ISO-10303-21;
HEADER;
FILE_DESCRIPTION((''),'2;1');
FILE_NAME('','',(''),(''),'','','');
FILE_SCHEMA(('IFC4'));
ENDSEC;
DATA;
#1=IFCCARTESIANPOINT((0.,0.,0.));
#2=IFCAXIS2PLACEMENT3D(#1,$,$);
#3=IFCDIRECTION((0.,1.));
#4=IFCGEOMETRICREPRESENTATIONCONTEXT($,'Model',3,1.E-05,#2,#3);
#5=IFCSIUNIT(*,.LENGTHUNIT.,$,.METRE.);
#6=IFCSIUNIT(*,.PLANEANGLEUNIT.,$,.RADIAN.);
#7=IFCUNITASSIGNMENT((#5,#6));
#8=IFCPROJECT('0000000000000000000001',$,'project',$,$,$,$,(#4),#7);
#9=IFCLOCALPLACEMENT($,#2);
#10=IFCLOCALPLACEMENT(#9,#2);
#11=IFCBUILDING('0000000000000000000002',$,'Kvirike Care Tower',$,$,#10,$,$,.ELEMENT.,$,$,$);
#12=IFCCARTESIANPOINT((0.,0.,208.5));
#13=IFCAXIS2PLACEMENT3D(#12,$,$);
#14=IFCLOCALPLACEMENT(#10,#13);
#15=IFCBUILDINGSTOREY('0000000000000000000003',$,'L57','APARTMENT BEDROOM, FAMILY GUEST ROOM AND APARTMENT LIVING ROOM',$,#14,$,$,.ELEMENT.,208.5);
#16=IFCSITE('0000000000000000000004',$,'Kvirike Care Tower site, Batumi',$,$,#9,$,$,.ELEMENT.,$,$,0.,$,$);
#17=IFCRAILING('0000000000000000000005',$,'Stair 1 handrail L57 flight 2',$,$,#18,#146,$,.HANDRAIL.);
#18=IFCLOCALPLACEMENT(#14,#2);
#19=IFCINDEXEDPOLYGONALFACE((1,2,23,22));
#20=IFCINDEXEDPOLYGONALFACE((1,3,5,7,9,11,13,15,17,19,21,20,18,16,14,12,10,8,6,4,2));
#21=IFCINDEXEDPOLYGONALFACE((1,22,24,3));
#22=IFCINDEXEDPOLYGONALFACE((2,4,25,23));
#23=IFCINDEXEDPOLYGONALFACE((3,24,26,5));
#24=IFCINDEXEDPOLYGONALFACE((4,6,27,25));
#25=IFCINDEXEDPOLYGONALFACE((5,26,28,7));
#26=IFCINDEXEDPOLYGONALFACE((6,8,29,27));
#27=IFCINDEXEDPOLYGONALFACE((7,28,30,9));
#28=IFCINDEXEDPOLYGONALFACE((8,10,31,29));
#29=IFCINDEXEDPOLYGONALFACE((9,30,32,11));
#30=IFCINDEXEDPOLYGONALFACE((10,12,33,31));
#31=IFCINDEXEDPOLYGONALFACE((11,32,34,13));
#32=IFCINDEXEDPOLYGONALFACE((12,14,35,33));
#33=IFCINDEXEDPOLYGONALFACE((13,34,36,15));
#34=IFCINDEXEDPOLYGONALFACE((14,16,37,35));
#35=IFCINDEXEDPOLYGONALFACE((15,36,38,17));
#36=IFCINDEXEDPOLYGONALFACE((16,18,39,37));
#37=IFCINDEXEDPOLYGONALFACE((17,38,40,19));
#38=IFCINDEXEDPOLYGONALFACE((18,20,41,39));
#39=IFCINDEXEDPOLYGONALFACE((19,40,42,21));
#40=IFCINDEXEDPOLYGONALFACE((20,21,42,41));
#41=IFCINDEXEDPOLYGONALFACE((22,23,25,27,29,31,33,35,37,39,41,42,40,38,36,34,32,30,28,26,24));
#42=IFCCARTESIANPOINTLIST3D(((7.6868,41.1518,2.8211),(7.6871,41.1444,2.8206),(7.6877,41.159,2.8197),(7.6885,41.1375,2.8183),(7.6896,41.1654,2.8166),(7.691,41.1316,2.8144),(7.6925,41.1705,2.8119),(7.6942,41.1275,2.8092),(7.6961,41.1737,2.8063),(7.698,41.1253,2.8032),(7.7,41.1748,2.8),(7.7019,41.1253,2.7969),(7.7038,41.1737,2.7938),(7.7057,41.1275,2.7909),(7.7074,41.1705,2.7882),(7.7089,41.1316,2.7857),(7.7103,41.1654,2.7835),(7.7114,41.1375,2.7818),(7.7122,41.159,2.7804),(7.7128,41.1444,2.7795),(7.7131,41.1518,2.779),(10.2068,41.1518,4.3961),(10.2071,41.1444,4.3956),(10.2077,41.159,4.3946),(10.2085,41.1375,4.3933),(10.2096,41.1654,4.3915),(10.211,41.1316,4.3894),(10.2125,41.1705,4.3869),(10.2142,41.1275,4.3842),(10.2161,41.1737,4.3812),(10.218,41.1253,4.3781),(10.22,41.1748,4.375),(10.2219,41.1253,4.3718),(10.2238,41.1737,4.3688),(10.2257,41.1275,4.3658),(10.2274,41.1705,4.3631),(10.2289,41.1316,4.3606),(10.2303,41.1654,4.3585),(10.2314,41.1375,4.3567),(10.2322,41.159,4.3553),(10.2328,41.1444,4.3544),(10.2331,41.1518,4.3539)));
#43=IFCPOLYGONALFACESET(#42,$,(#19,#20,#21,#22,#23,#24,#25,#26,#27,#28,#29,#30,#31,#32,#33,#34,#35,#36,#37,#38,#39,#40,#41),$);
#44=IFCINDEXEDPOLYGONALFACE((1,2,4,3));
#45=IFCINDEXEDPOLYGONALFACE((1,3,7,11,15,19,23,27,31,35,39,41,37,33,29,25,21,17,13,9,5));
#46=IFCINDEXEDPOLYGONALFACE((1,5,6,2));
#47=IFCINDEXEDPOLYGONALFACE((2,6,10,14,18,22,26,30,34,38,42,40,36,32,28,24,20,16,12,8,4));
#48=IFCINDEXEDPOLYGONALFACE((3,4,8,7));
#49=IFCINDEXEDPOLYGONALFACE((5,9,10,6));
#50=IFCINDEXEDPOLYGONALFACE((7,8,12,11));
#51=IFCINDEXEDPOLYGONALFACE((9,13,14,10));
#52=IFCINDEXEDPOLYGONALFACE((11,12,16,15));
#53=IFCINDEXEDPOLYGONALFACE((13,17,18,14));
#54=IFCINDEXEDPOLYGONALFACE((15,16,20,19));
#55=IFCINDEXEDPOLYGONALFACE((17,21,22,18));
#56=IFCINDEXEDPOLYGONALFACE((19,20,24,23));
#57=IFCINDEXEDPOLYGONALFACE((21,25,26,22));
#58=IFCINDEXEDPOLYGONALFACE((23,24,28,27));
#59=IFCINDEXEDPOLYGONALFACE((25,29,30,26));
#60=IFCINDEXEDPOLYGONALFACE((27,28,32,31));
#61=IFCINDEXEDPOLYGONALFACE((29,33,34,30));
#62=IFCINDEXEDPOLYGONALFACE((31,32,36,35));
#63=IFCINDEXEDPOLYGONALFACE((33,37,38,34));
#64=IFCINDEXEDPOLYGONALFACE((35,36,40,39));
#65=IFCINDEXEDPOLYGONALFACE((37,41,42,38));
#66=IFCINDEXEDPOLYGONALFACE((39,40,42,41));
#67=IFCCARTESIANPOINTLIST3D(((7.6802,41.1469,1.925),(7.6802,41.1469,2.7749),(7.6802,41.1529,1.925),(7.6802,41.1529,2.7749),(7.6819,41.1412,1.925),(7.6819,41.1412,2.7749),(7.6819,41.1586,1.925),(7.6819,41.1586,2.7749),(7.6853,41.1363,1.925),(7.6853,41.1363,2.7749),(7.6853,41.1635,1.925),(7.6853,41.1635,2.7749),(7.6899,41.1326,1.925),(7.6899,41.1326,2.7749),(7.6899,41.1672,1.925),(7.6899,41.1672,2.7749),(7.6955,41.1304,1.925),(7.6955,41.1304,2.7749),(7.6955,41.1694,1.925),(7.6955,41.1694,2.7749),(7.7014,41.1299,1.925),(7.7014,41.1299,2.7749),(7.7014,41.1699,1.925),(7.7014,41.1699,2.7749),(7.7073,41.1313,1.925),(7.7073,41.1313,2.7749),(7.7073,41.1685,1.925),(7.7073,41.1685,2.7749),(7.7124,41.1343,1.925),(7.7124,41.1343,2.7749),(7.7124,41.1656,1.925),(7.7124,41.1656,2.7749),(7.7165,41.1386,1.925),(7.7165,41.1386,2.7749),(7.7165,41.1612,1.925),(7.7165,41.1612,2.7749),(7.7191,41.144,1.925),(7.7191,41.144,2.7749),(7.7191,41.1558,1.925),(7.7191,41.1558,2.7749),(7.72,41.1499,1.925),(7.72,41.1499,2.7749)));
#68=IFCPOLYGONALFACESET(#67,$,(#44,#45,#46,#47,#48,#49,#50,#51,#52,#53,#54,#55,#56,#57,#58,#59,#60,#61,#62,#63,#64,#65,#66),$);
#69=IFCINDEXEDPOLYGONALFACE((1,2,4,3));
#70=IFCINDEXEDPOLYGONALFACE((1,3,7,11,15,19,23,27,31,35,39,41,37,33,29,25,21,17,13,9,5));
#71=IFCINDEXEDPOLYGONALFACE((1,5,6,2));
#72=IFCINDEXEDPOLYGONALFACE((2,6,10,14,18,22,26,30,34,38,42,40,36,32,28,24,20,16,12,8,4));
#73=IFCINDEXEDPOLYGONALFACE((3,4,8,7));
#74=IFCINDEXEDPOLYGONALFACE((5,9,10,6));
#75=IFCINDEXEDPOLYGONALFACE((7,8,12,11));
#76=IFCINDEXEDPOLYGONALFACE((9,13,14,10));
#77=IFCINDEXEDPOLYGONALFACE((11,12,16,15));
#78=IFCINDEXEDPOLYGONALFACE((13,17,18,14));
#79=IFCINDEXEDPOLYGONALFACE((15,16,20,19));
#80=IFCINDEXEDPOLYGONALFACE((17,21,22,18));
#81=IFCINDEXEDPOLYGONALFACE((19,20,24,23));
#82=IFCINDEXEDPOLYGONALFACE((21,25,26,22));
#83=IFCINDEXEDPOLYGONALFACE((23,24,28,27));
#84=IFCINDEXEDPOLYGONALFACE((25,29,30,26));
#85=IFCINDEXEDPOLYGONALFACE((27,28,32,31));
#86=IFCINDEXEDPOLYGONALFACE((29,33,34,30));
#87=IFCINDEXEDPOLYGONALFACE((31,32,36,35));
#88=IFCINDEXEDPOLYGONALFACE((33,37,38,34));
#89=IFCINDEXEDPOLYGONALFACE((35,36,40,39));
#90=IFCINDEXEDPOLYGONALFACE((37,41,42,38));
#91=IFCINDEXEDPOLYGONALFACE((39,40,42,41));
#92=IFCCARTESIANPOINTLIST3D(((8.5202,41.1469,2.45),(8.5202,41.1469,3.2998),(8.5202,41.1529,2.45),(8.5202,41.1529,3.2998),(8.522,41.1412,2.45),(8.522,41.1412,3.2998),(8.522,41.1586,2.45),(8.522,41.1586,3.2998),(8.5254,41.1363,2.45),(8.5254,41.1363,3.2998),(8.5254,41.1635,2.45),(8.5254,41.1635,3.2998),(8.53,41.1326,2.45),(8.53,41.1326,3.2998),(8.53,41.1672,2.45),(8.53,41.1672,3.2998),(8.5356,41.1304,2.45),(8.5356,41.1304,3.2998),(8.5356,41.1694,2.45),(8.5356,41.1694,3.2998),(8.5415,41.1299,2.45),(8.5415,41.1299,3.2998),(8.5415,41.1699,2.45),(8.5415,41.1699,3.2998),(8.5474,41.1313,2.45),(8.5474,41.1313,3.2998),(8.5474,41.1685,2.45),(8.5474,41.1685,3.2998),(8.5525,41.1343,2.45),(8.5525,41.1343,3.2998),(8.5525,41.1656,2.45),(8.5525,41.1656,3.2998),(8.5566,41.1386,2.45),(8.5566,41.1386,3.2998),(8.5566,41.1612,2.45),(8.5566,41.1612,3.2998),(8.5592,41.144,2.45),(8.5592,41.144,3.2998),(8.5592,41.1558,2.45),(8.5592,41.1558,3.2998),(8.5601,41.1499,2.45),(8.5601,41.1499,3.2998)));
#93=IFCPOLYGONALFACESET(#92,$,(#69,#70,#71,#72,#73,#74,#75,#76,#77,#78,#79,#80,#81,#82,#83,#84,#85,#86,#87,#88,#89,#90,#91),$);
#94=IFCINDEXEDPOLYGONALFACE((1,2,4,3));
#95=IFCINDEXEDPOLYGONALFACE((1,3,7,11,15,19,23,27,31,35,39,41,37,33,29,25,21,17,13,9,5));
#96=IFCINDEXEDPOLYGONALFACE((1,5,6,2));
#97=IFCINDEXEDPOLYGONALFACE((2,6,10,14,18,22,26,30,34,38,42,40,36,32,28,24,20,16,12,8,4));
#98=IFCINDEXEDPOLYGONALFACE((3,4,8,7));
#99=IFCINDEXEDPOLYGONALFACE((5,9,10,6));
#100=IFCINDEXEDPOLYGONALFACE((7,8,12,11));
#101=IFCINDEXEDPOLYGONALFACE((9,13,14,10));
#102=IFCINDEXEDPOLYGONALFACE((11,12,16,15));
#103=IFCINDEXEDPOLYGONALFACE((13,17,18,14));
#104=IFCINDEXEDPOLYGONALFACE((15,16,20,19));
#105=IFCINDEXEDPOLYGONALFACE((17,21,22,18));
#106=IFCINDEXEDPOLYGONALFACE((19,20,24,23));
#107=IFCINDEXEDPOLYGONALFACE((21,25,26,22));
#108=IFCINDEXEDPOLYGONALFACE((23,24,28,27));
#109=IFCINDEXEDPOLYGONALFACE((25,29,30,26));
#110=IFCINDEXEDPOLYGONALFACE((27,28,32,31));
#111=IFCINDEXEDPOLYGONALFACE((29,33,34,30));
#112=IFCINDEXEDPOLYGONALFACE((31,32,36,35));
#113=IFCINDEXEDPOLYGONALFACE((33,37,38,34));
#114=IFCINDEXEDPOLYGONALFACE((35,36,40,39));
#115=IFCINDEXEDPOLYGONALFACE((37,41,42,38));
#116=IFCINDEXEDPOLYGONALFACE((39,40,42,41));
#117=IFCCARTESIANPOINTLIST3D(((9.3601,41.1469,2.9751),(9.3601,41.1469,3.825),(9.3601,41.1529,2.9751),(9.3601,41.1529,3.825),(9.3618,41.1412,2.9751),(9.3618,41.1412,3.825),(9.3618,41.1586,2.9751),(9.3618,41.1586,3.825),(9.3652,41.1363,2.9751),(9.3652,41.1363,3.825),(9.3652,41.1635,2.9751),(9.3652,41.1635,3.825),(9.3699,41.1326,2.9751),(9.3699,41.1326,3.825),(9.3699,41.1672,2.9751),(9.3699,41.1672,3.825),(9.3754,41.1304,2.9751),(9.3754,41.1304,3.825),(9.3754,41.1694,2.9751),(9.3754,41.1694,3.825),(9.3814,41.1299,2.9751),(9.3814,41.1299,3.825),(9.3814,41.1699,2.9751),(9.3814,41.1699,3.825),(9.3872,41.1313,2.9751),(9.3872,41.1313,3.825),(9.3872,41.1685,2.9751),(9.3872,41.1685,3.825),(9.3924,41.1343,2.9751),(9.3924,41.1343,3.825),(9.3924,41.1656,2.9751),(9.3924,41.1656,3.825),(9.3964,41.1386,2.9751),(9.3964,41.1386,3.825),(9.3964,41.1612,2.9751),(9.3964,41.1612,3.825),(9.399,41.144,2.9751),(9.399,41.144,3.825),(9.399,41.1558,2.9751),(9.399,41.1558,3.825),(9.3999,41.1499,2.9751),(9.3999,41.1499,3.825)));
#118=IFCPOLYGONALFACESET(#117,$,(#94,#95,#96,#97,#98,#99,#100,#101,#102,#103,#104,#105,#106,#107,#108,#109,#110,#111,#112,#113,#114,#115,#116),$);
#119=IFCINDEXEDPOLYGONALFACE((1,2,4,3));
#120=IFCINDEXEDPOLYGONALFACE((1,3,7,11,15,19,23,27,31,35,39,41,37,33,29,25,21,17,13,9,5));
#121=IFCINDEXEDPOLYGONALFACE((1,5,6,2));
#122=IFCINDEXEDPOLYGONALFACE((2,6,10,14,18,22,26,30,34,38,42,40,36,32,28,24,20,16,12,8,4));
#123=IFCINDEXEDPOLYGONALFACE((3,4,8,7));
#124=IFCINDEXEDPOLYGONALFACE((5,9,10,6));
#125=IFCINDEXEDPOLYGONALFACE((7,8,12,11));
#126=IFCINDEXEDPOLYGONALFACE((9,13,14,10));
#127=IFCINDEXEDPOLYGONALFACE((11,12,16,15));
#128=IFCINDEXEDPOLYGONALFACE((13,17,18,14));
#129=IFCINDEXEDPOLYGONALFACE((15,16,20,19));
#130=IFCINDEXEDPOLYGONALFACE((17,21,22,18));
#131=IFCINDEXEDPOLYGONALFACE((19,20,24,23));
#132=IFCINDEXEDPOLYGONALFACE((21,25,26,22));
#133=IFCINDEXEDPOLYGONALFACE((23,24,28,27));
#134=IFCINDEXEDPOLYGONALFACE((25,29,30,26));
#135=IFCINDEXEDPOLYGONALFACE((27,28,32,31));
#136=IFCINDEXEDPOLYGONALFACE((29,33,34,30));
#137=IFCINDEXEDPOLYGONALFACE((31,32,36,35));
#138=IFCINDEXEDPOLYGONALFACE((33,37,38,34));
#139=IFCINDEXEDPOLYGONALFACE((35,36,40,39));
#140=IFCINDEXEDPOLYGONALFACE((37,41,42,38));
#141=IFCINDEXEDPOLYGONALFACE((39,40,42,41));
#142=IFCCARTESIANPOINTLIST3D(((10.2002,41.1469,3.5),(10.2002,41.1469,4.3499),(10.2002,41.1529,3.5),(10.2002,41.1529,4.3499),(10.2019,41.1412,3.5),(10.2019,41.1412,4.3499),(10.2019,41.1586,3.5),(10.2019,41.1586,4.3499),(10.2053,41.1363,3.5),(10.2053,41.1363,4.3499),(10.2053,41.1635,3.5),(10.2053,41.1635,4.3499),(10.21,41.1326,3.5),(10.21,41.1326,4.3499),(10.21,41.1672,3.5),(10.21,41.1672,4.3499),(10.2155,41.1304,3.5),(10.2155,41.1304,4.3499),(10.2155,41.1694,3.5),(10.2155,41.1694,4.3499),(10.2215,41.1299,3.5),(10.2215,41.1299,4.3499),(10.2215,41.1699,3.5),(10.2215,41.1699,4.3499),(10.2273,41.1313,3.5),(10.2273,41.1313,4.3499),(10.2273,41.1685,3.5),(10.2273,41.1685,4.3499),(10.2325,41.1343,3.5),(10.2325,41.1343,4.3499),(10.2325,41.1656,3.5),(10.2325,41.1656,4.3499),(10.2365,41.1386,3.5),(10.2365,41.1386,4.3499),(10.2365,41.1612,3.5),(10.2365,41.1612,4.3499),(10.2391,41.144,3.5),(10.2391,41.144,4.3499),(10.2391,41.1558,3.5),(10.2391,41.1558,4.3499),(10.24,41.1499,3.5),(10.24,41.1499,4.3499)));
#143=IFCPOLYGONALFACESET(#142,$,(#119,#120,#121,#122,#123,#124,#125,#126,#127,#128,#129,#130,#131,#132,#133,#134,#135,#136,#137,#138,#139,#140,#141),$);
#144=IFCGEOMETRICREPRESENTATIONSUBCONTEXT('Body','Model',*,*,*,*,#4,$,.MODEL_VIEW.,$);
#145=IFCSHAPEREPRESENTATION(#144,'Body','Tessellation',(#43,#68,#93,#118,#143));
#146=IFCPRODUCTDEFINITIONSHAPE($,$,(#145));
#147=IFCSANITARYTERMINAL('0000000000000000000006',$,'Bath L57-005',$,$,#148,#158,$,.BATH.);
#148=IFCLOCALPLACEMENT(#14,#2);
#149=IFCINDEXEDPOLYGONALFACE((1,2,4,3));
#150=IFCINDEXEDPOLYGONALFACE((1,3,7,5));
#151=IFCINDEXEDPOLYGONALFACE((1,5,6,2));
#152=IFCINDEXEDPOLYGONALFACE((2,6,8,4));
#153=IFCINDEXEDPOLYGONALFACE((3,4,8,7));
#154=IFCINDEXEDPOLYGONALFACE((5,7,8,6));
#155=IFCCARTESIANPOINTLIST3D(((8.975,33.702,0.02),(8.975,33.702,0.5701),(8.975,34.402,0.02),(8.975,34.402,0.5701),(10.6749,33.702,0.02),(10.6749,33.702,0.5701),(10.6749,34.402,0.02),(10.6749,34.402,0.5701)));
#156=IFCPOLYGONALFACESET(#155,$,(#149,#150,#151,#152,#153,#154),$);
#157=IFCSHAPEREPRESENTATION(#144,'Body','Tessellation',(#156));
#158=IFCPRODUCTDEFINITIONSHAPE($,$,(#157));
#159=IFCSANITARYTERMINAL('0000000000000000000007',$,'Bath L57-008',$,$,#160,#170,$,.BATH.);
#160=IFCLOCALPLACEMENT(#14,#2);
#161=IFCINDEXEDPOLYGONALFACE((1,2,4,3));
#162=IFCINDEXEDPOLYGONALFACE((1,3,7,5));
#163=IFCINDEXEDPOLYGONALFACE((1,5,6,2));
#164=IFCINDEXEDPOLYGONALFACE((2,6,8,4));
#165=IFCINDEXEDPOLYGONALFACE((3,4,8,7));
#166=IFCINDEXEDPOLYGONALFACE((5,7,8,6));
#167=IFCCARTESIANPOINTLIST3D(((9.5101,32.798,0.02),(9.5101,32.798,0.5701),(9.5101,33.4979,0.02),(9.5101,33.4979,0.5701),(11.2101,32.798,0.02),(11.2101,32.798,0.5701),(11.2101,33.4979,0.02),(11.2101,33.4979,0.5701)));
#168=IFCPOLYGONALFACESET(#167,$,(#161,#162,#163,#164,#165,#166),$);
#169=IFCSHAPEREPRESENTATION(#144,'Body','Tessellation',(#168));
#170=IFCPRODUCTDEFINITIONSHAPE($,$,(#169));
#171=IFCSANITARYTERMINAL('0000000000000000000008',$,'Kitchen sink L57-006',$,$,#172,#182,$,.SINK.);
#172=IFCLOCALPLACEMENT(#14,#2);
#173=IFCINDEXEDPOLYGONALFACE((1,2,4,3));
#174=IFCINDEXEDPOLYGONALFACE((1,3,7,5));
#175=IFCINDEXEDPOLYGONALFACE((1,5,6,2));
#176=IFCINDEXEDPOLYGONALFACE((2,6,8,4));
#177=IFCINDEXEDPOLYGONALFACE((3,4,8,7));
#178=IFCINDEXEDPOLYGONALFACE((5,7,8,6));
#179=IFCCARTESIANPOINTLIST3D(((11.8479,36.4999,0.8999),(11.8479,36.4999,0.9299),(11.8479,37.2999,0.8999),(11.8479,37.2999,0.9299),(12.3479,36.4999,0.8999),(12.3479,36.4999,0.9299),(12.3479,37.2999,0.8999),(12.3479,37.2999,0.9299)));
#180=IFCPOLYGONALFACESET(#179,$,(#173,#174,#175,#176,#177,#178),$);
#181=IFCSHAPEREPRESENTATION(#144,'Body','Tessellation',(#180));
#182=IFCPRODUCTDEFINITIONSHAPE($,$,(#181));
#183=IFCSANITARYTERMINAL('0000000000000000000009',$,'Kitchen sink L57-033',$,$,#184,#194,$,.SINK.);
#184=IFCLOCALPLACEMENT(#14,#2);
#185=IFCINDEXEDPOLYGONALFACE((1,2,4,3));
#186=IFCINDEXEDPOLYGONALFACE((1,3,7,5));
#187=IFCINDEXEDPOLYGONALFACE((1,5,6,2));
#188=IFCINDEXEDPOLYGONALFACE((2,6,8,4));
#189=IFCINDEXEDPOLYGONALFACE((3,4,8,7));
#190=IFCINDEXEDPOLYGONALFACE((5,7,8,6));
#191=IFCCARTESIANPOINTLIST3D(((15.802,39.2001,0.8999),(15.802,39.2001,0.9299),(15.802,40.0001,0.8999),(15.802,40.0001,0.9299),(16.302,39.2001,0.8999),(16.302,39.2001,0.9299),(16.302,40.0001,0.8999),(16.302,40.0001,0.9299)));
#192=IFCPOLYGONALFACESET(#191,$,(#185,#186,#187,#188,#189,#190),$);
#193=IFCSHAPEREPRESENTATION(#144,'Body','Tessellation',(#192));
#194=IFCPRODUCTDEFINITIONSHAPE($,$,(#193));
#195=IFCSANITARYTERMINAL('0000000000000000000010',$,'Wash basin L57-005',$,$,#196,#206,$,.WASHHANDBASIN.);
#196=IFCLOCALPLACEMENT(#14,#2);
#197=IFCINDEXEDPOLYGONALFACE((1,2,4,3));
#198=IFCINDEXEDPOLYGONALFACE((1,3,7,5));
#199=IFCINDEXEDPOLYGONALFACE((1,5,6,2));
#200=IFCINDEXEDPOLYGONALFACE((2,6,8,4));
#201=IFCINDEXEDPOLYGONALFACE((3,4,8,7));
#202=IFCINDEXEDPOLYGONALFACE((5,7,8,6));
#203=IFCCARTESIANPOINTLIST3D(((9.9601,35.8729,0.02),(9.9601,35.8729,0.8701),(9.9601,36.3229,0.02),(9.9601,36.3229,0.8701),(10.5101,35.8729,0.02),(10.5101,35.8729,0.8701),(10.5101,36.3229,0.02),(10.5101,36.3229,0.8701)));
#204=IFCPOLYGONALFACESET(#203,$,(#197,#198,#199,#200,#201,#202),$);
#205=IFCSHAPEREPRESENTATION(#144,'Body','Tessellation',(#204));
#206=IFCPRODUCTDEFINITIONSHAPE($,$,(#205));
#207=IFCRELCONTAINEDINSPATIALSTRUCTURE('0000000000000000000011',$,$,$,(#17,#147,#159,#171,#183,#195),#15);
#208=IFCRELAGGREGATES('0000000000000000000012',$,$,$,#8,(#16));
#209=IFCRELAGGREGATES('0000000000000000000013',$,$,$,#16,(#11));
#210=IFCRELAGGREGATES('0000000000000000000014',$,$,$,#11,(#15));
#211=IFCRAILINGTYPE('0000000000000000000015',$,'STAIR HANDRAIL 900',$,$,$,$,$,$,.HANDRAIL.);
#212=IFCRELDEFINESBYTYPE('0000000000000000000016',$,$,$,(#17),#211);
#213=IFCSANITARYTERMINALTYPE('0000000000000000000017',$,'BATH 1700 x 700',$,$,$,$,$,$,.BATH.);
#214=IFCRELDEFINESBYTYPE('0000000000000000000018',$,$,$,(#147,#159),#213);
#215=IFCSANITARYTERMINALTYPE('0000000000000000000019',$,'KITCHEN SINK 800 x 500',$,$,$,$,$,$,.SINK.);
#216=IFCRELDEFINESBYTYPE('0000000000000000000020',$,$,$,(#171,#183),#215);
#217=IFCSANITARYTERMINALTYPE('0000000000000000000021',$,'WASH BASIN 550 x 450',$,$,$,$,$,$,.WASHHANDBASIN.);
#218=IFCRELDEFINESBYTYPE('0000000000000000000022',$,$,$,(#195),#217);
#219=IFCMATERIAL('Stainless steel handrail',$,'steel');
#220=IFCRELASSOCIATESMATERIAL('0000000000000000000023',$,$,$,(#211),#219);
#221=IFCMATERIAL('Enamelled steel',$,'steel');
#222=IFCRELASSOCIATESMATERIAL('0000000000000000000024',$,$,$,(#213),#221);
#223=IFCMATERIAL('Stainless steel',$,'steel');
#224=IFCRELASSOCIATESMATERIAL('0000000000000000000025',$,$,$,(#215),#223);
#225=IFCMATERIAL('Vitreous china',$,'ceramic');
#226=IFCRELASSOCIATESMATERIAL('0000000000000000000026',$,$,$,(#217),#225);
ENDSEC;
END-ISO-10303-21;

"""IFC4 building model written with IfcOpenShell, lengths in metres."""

from ifc_helpers import new_model, si_unit, direction, frame, origin, origin_2d, place, context, subcontext, project, spatial, rectangle, circle, extrude, material, type_object, element, save


model = new_model("IFC4")

# Units and contexts
model_context = context("Model", 3, precision=1e-05, world=origin(), true_north=direction((0.0, 1.0)))
body_context = subcontext(model_context, "Body", "Model", "MODEL_VIEW")
ifc_project = project(units=[si_unit("LENGTHUNIT", "METRE"), si_unit("PLANEANGLEUNIT", "RADIAN")], contexts=[model_context])

# Site, building, storey
site_placement = place(None, origin())
site = spatial("IfcSite", under=ifc_project, at=site_placement, Name="Kvirike Care Tower site, Batumi", CompositionType="ELEMENT", RefElevation=0.0)
building_placement = place(site_placement, origin())
building = spatial("IfcBuilding", under=site, at=building_placement, Name="Kvirike Care Tower", CompositionType="ELEMENT")
storey_placement = place(building_placement, frame((0.0, 0.0, 208.5)))
storey = spatial("IfcBuildingStorey", under=building, at=storey_placement, Name="L57", Description="APARTMENT BEDROOM, FAMILY GUEST ROOM AND APARTMENT LIVING ROOM", CompositionType="ELEMENT", Elevation=208.5)

# Railing
ifc_material_1 = material(Name="Stainless steel handrail", Category="steel")
railing_type = type_object("IfcRailingType", Name="STAIR HANDRAIL 900", PredefinedType="HANDRAIL", material=ifc_material_1)
railing_1_placement = place(storey_placement, frame((7.7, 41.1499, 1.925)))
element("IfcRailing", 1, at=railing_1_placement, inside=storey, type_object=railing_type, Name="Stair 1 handrail L57 flight 2", PredefinedType="HANDRAIL", context=body_context, shape_type="SweptSolid", body=[
    extrude(circle(Radius=0.0249, at=origin_2d()), frame((0.0, 0.0, 0.875), z_axis=(0.848008, 0.0, 0.529984), x_axis=(0.0, 1.0, 0.0)), (0.0, 0.0, 1.0), 2.9717),
    extrude(circle(Radius=0.02, at=origin_2d()), origin(), (0.0, 0.0, 1.0), 0.8499),
    extrude(circle(Radius=0.02, at=origin_2d()), frame((0.8401, 0.0, 0.5249)), (0.0, 0.0, 1.0), 0.8499),
    extrude(circle(Radius=0.02, at=origin_2d()), frame((1.6799, 0.0, 1.05)), (0.0, 0.0, 1.0), 0.8499),
    extrude(circle(Radius=0.02, at=origin_2d()), frame((2.52, 0.0, 1.575)), (0.0, 0.0, 1.0), 0.8499),
])

# Sanitary terminals
ifc_material_2 = material(Name="Enamelled steel", Category="steel")
sanitary_terminal_type_1 = type_object("IfcSanitaryTerminalType", Name="BATH 1700 x 700", PredefinedType="BATH", material=ifc_material_2)
for number, where, z_axis, x_axis, name in (
    (2, (9.825, 34.052, 0.02), (0.0, 0.0, 1.0), (-1.0, 0.0, 0.0), "Bath L57-005"),
    (3, (10.3601, 33.1479, 0.02), (0.0, 0.0, 1.0), (1.0, 0.0, 0.0), "Bath L57-008"),
):
    element("IfcSanitaryTerminal", number, at=place(storey_placement, frame(where, z_axis=z_axis, x_axis=x_axis)), inside=storey, type_object=sanitary_terminal_type_1, Name=name, PredefinedType="BATH", context=body_context, shape_type="SweptSolid", body=[
        extrude(rectangle(XDim=1.7, YDim=0.7, at=origin_2d()), origin(), (0.0, 0.0, 1.0), 0.55),
    ])
ifc_material_3 = material(Name="Stainless steel", Category="steel")
sanitary_terminal_type_2 = type_object("IfcSanitaryTerminalType", Name="KITCHEN SINK 800 x 500", PredefinedType="SINK", material=ifc_material_3)
for number, where, z_axis, x_axis, name in (
    (4, (12.0979, 36.8999, 0.8999), (0.0, 0.0, 1.0), (0.0, -1.0, 0.0), "Kitchen sink L57-006"),
    (5, (16.052, 39.6001, 0.8999), (0.0, 0.0, 1.0), (0.0, 1.0, 0.0), "Kitchen sink L57-033"),
):
    element("IfcSanitaryTerminal", number, at=place(storey_placement, frame(where, z_axis=z_axis, x_axis=x_axis)), inside=storey, type_object=sanitary_terminal_type_2, Name=name, PredefinedType="SINK", context=body_context, shape_type="SweptSolid", body=[
        extrude(rectangle(XDim=0.8, YDim=0.5, at=origin_2d()), origin(), (0.0, 0.0, 1.0), 0.03),
    ])
ifc_material_4 = material(Name="Vitreous china", Category="ceramic")
sanitary_terminal_type_3 = type_object("IfcSanitaryTerminalType", Name="WASH BASIN 550 x 450", PredefinedType="WASHHANDBASIN", material=ifc_material_4)
for number, where, z_axis, x_axis, name in (
    (6, (10.2351, 36.0979, 0.02), (0.0, 0.0, 1.0), (1.0, 0.0, 0.0), "Wash basin L57-005"),
):
    element("IfcSanitaryTerminal", number, at=place(storey_placement, frame(where, z_axis=z_axis, x_axis=x_axis)), inside=storey, type_object=sanitary_terminal_type_3, Name=name, PredefinedType="WASHHANDBASIN", context=body_context, shape_type="SweptSolid", body=[
        extrude(rectangle(XDim=0.55, YDim=0.45, at=origin_2d()), origin(), (0.0, 0.0, 1.0), 0.8501),
    ])

save(model, "model.ifc")
